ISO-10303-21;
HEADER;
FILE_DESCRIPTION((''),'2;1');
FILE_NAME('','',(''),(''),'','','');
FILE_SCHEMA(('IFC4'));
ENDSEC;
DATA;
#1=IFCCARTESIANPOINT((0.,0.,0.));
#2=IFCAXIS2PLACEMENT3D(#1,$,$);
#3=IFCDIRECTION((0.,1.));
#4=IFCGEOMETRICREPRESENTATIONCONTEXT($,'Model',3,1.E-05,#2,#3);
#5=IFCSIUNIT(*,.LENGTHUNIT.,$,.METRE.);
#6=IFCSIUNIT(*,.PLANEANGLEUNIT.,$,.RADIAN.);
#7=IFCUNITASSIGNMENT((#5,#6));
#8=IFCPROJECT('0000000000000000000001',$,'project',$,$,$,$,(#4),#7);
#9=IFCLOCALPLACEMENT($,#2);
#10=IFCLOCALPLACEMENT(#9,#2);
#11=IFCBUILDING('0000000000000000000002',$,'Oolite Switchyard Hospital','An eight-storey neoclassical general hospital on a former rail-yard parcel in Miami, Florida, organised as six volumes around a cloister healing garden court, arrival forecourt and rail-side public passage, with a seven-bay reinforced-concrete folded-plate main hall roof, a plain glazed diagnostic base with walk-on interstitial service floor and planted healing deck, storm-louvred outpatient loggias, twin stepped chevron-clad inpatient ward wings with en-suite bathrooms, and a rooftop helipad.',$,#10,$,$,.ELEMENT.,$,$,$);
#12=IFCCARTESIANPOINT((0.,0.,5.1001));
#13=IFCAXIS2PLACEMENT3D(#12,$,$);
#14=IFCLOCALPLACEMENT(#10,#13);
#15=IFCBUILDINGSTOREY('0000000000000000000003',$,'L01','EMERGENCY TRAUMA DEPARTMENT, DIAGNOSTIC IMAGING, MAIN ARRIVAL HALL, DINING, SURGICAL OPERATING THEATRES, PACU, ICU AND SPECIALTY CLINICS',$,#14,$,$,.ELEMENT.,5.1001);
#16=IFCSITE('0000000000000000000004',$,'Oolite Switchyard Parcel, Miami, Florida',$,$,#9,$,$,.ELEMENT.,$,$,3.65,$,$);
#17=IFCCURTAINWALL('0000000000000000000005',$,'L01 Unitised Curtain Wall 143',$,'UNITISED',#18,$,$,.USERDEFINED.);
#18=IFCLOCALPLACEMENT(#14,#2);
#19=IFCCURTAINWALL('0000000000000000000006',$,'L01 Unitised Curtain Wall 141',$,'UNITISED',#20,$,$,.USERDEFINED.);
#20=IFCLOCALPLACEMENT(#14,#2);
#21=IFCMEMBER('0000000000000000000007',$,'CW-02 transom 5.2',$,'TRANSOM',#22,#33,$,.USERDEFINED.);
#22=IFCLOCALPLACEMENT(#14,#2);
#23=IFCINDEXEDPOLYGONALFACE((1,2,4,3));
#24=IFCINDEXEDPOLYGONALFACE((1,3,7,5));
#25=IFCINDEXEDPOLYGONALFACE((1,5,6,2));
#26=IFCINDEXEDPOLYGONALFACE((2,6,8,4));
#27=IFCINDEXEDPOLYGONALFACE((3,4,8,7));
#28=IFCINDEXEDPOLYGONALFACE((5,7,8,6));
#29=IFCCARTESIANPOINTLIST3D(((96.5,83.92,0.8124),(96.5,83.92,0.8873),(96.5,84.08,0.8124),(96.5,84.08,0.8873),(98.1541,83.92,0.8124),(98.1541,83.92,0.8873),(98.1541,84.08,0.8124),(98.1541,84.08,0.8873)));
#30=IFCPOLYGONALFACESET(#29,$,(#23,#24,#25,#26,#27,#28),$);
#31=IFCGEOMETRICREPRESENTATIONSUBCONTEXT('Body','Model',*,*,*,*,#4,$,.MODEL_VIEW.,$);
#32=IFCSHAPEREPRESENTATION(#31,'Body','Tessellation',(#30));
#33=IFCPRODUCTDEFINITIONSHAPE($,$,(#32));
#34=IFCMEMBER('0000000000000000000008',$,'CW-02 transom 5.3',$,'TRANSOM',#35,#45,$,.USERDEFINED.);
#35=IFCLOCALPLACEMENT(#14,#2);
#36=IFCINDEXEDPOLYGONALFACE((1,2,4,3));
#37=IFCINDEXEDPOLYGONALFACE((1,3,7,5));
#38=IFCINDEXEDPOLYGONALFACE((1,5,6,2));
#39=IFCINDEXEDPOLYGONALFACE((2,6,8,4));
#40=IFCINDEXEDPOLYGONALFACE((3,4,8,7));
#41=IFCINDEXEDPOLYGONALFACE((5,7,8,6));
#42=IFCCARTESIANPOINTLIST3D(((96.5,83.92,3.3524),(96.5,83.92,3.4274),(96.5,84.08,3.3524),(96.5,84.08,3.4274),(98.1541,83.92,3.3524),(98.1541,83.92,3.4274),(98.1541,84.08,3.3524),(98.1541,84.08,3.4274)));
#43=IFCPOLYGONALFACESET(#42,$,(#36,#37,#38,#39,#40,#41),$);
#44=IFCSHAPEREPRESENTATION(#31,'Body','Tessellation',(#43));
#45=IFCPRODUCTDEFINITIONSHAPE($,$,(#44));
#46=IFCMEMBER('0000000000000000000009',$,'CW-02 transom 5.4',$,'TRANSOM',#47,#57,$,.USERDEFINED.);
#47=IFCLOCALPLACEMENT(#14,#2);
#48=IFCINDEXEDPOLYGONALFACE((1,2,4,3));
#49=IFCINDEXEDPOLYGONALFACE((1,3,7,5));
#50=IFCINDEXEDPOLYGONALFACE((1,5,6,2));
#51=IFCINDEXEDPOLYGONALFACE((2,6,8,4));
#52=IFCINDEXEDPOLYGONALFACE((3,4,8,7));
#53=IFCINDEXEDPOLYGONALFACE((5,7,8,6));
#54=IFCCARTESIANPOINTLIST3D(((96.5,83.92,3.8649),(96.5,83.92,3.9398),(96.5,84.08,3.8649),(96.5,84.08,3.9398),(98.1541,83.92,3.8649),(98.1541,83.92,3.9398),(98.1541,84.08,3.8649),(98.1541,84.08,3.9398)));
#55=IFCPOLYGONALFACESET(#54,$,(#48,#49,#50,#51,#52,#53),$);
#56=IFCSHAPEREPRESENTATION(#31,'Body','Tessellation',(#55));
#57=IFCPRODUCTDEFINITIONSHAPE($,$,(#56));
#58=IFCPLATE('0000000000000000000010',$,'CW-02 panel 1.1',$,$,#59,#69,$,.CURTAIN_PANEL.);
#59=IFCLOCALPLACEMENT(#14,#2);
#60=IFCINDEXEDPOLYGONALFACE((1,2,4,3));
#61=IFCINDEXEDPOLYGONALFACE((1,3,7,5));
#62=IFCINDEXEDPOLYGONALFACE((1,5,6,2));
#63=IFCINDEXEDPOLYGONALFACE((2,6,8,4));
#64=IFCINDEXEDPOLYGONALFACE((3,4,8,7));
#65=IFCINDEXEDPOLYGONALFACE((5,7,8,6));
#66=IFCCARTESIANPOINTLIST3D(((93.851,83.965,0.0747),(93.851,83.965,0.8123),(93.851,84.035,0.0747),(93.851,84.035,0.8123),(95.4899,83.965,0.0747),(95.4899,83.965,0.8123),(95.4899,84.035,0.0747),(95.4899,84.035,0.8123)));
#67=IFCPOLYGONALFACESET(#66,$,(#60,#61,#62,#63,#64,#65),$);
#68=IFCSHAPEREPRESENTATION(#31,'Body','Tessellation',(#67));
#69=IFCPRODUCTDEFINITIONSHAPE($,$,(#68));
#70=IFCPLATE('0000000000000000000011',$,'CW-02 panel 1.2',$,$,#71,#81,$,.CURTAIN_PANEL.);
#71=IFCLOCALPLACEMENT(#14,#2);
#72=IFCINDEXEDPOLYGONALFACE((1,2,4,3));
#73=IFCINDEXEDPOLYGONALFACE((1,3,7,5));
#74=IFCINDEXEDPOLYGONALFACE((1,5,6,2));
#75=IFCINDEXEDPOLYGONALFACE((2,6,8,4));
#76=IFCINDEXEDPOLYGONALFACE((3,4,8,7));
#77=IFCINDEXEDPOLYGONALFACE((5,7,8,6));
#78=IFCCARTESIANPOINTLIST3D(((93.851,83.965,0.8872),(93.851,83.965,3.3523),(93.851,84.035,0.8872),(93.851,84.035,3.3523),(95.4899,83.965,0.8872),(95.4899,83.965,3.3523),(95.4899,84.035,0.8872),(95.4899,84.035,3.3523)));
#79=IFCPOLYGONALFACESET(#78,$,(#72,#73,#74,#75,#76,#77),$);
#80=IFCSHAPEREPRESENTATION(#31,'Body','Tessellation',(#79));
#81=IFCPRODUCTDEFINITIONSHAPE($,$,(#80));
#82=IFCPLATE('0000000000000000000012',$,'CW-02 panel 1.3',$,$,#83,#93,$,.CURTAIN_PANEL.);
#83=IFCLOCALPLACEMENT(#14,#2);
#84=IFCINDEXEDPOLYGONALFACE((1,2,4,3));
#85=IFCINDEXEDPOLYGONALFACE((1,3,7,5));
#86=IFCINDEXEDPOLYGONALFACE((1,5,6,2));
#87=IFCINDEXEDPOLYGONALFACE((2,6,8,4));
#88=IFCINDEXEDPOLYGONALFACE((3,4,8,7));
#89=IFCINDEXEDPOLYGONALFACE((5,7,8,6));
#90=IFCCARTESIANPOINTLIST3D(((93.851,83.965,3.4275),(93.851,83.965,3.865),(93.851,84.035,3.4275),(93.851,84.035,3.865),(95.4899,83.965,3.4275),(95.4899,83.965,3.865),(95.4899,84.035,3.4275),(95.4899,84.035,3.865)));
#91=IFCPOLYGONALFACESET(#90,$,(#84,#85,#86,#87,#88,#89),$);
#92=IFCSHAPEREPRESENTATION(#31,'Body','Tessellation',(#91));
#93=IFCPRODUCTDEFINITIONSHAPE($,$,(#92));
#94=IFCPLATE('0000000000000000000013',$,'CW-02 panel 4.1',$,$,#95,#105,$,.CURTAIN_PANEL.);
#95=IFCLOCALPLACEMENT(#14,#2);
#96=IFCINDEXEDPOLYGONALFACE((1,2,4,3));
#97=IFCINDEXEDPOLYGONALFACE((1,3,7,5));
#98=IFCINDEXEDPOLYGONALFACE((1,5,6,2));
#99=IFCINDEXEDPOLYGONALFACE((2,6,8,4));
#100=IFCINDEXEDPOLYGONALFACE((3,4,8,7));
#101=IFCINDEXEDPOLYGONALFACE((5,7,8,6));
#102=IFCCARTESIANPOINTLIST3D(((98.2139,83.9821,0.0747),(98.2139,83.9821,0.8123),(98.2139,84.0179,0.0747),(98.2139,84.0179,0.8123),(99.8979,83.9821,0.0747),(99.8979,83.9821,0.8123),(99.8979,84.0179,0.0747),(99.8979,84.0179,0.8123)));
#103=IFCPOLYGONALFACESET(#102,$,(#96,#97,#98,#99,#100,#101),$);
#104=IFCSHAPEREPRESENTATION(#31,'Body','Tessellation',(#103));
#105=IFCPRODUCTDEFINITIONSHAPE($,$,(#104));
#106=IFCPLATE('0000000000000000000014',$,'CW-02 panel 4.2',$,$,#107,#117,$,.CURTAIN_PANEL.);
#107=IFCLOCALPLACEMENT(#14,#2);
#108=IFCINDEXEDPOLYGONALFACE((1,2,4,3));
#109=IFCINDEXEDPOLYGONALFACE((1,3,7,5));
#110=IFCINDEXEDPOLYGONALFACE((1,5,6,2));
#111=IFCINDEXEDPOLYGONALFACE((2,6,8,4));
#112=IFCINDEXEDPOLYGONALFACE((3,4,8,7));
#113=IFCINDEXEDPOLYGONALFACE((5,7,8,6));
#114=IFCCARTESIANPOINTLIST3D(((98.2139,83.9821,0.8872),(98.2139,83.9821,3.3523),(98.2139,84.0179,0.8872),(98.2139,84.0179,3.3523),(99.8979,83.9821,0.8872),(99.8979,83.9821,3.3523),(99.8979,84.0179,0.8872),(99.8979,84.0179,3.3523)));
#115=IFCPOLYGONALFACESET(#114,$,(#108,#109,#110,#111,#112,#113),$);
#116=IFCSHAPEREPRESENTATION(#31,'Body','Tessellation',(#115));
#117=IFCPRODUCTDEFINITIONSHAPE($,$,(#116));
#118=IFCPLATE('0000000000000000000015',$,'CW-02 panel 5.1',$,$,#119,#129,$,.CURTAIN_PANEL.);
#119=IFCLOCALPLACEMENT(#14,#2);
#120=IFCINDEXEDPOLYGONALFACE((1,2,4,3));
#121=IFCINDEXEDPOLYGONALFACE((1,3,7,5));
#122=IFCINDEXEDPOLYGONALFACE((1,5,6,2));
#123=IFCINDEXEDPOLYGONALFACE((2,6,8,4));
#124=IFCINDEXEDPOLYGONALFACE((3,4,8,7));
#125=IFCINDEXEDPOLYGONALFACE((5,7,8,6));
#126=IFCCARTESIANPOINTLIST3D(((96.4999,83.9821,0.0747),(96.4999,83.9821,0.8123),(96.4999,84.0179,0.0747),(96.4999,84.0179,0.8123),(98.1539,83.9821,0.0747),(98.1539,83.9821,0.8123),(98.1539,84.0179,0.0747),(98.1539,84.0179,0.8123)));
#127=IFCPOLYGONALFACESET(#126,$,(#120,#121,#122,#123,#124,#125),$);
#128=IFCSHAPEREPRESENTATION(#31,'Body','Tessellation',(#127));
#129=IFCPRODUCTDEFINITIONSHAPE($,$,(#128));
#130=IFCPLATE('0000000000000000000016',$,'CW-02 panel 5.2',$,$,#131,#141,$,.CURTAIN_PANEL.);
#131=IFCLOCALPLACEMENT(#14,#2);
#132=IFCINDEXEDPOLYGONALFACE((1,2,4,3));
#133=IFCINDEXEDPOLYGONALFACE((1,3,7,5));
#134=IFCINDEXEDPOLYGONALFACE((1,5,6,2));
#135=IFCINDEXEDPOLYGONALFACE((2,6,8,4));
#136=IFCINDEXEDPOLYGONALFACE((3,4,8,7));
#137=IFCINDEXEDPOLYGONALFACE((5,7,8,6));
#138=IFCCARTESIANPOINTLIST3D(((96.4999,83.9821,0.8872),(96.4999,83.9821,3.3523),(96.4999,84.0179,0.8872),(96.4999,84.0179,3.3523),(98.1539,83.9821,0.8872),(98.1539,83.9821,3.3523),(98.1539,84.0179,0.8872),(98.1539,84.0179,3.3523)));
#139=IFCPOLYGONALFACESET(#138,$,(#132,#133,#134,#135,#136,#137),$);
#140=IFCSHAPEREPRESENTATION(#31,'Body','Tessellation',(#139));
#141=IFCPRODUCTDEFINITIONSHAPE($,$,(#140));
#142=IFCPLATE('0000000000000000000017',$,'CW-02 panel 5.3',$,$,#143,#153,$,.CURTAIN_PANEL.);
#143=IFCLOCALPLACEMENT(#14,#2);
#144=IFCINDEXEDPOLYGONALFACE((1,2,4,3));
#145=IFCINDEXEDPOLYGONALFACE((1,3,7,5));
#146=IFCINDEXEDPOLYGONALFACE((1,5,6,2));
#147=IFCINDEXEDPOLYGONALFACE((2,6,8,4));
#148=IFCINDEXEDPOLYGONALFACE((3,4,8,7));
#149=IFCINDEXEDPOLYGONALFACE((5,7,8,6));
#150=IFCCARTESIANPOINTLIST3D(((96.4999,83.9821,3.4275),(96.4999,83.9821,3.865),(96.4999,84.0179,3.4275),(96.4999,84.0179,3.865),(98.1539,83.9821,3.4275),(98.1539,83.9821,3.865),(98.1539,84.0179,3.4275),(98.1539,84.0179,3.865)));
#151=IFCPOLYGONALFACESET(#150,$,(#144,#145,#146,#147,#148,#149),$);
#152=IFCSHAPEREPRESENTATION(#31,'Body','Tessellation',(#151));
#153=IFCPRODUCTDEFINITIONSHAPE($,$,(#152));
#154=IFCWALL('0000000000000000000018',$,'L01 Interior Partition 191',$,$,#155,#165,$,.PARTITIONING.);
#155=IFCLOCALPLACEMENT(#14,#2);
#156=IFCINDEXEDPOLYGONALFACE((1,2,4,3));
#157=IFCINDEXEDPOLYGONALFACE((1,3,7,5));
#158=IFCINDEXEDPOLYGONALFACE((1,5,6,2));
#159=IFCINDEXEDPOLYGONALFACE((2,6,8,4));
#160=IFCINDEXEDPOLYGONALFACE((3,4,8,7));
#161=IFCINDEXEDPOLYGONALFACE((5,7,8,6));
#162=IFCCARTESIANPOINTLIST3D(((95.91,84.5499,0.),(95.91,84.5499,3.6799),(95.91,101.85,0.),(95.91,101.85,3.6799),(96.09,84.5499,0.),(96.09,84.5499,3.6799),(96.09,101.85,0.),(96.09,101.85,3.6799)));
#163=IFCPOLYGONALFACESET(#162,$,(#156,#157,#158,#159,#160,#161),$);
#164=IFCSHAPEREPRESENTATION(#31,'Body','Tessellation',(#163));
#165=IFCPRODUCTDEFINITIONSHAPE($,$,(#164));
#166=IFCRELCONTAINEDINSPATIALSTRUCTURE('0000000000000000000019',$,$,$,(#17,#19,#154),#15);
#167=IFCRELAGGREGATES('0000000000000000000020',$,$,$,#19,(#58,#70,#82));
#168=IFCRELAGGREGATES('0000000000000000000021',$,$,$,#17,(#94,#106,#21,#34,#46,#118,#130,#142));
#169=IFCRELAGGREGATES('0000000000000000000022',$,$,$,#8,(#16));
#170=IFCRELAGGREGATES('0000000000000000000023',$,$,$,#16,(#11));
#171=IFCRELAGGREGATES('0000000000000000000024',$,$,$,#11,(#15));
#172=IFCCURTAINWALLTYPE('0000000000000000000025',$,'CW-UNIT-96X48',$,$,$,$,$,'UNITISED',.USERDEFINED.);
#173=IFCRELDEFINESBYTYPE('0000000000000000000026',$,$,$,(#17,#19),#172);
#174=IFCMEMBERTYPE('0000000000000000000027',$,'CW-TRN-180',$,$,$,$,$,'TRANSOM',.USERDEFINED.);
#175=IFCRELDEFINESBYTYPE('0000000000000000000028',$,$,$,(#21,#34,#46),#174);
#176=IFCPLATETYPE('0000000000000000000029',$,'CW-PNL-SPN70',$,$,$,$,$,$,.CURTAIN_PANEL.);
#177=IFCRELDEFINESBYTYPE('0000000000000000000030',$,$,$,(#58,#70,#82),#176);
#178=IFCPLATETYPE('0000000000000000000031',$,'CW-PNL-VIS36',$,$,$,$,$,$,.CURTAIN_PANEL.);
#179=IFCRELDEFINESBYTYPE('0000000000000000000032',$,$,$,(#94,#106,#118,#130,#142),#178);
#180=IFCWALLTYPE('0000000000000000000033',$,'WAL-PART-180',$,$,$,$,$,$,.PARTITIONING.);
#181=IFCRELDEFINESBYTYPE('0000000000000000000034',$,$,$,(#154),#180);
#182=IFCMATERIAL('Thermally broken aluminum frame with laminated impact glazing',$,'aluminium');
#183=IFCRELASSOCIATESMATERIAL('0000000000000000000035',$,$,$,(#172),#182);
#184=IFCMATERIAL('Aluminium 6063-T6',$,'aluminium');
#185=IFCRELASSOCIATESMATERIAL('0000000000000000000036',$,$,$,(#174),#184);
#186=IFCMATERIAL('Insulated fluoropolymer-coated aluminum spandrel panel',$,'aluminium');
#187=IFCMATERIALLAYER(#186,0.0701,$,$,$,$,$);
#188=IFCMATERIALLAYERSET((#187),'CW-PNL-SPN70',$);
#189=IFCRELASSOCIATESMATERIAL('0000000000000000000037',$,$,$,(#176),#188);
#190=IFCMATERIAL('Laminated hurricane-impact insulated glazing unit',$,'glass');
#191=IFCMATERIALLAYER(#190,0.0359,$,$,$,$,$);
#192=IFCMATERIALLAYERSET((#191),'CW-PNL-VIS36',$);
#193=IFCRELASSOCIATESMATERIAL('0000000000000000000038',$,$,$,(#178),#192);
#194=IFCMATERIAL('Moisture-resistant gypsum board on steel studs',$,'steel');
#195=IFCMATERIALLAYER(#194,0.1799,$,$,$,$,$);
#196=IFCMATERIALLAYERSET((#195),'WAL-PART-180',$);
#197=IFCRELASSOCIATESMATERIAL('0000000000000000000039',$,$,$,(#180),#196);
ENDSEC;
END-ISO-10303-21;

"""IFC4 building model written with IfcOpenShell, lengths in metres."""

from ifc_helpers import new_model, si_unit, direction, frame, frame_2d, origin, origin_2d, place, context, subcontext, project, spatial, rectangle, extrude, material, layer, layer_set, material_profile, profile_set, type_object, element, aggregate, save


model = new_model("IFC4")

# Units and contexts
model_context = context("Model", 3, precision=1e-05, world=origin(), true_north=direction((0.0, 1.0)))
body_context = subcontext(model_context, "Body", "Model", "MODEL_VIEW")
ifc_project = project(units=[si_unit("LENGTHUNIT", "METRE"), si_unit("PLANEANGLEUNIT", "RADIAN")], contexts=[model_context])

# Site, building, storey
site_placement = place(None, origin())
site = spatial("IfcSite", under=ifc_project, at=site_placement, Name="Oolite Switchyard Parcel, Miami, Florida", CompositionType="ELEMENT", RefElevation=3.65)
building_placement = place(site_placement, origin())
building = spatial("IfcBuilding", under=site, at=building_placement, Name="Oolite Switchyard Hospital", Description="An eight-storey neoclassical general hospital on a former rail-yard parcel in Miami, Florida, organised as six volumes around a cloister healing garden court, arrival forecourt and rail-side public passage, with a seven-bay reinforced-concrete folded-plate main hall roof, a plain glazed diagnostic base with walk-on interstitial service floor and planted healing deck, storm-louvred outpatient loggias, twin stepped chevron-clad inpatient ward wings with en-suite bathrooms, and a rooftop helipad.", CompositionType="ELEMENT")
storey_placement = place(building_placement, frame((0.0, 0.0, 5.1001)))
storey = spatial("IfcBuildingStorey", under=building, at=storey_placement, Name="L01", Description="EMERGENCY TRAUMA DEPARTMENT, DIAGNOSTIC IMAGING, MAIN ARRIVAL HALL, DINING, SURGICAL OPERATING THEATRES, PACU, ICU AND SPECIALTY CLINICS", CompositionType="ELEMENT", Elevation=5.1001)

# Curtain walls
ifc_material_1 = material(Name="Thermally broken aluminum frame with laminated impact glazing", Category="aluminium")
curtain_wall_type = type_object("IfcCurtainWallType", Name="CW-UNIT-96X48", ElementType="UNITISED", PredefinedType="USERDEFINED", material=ifc_material_1)
curtain_wall_1_placement = place(storey_placement, origin())
curtain_wall_1 = element("IfcCurtainWall", 1, at=curtain_wall_1_placement, inside=storey, type_object=curtain_wall_type, Name="L01 Unitised Curtain Wall 143", ObjectType="UNITISED", PredefinedType="USERDEFINED")
ifc_material_2 = material(Name="Aluminium 6063-T6", Category="aluminium")
curtain_wall_2_placement = place(storey_placement, origin())
curtain_wall_2 = element("IfcCurtainWall", 2, at=curtain_wall_2_placement, inside=storey, type_object=curtain_wall_type, Name="L01 Unitised Curtain Wall 141", ObjectType="UNITISED", PredefinedType="USERDEFINED")
ifc_material_profile_1 = material_profile(ifc_material_2, rectangle(XDim=0.1599, YDim=0.075, at=origin_2d()), Name="CWT75X160")
ifc_profile_set_1 = profile_set([ifc_material_profile_1], Name="Aluminium 6063-T6")
member_type_1 = type_object("IfcMemberType", Name="CW-TRN-180", ElementType="TRANSOM", PredefinedType="USERDEFINED", material=ifc_profile_set_1)

# Members
member_1_placement = place(storey_placement, frame((98.1541, 84.0, 0.8499), z_axis=(-1.0, 0.0, 0.0), x_axis=(0.0, -1.0, 0.0)))
member_1 = element("IfcMember", 3, at=member_1_placement, type_object=member_type_1, Name="CW-02 transom 5.2", ObjectType="TRANSOM", PredefinedType="USERDEFINED", context=body_context, shape_type="SweptSolid", body=[
    extrude(rectangle(XDim=0.1599, YDim=0.075, at=origin_2d()), origin(), (0.0, 0.0, 1.0), 1.6541),
])
member_2_placement = place(storey_placement, frame((98.1541, 84.0, 3.3899), z_axis=(-1.0, 0.0, 0.0), x_axis=(0.0, -1.0, 0.0)))
member_2 = element("IfcMember", 4, at=member_2_placement, type_object=member_type_1, Name="CW-02 transom 5.3", ObjectType="TRANSOM", PredefinedType="USERDEFINED", context=body_context, shape_type="SweptSolid", body=[
    extrude(rectangle(XDim=0.1599, YDim=0.075, at=origin_2d()), origin(), (0.0, 0.0, 1.0), 1.6541),
])
member_3_placement = place(storey_placement, frame((98.1541, 84.0, 3.9023), z_axis=(-1.0, 0.0, 0.0), x_axis=(0.0, -1.0, 0.0)))
member_3 = element("IfcMember", 5, at=member_3_placement, type_object=member_type_1, Name="CW-02 transom 5.4", ObjectType="TRANSOM", PredefinedType="USERDEFINED", context=body_context, shape_type="SweptSolid", body=[
    extrude(rectangle(XDim=0.1599, YDim=0.075, at=origin_2d()), origin(), (0.0, 0.0, 1.0), 1.6541),
])

# Plates
ifc_material_3 = material(Name="Insulated fluoropolymer-coated aluminum spandrel panel", Category="aluminium")
ifc_layer_1 = layer(ifc_material_3, 0.0701)
ifc_layer_set_1 = layer_set([ifc_layer_1], Name="CW-PNL-SPN70")
plate_type_1 = type_object("IfcPlateType", Name="CW-PNL-SPN70", PredefinedType="CURTAIN_PANEL", material=ifc_layer_set_1)
plate_1_placement = place(storey_placement, frame((94.6704, 84.0, 0.0747), z_axis=(0.0, 0.0, 1.0), x_axis=(-1.0, 0.0, 0.0)))
plate_1 = element("IfcPlate", 6, at=plate_1_placement, type_object=plate_type_1, Name="CW-02 panel 1.1", PredefinedType="CURTAIN_PANEL", context=body_context, shape_type="SweptSolid", body=[
    extrude(rectangle(XDim=1.6389, YDim=0.0701, at=origin_2d()), origin(), (0.0, 0.0, 1.0), 0.7375),
])
plate_2_placement = place(storey_placement, frame((94.6704, 84.0, 0.8872), z_axis=(0.0, 0.0, 1.0), x_axis=(-1.0, 0.0, 0.0)))
plate_2 = element("IfcPlate", 7, at=plate_2_placement, type_object=plate_type_1, Name="CW-02 panel 1.2", PredefinedType="CURTAIN_PANEL", context=body_context, shape_type="SweptSolid", body=[
    extrude(rectangle(XDim=1.6389, YDim=0.0701, at=origin_2d()), origin(), (0.0, 0.0, 1.0), 2.4651),
])
plate_3_placement = place(storey_placement, frame((94.6704, 84.0, 3.4275), z_axis=(0.0, 0.0, 1.0), x_axis=(-1.0, 0.0, 0.0)))
plate_3 = element("IfcPlate", 8, at=plate_3_placement, type_object=plate_type_1, Name="CW-02 panel 1.3", PredefinedType="CURTAIN_PANEL", context=body_context, shape_type="SweptSolid", body=[
    extrude(rectangle(XDim=1.6389, YDim=0.0701, at=origin_2d()), origin(), (0.0, 0.0, 1.0), 0.4375),
])
aggregate(curtain_wall_2, [plate_1, plate_2, plate_3])
ifc_material_4 = material(Name="Laminated hurricane-impact insulated glazing unit", Category="glass")
ifc_layer_2 = layer(ifc_material_4, 0.0359)
ifc_layer_set_2 = layer_set([ifc_layer_2], Name="CW-PNL-VIS36")
plate_type_2 = type_object("IfcPlateType", Name="CW-PNL-VIS36", PredefinedType="CURTAIN_PANEL", material=ifc_layer_set_2)
plate_4_placement = place(storey_placement, frame((99.0559, 84.0, 0.0747), z_axis=(0.0, 0.0, 1.0), x_axis=(-1.0, 0.0, 0.0)))
plate_4 = element("IfcPlate", 9, at=plate_4_placement, type_object=plate_type_2, Name="CW-02 panel 4.1", PredefinedType="CURTAIN_PANEL", context=body_context, shape_type="SweptSolid", body=[
    extrude(rectangle(XDim=1.6841, YDim=0.0359, at=origin_2d()), origin(), (0.0, 0.0, 1.0), 0.7375),
])
plate_5_placement = place(storey_placement, frame((99.0559, 84.0, 0.8872), z_axis=(0.0, 0.0, 1.0), x_axis=(-1.0, 0.0, 0.0)))
plate_5 = element("IfcPlate", 10, at=plate_5_placement, type_object=plate_type_2, Name="CW-02 panel 4.2", PredefinedType="CURTAIN_PANEL", context=body_context, shape_type="SweptSolid", body=[
    extrude(rectangle(XDim=1.6841, YDim=0.0359, at=origin_2d()), origin(), (0.0, 0.0, 1.0), 2.4651),
])
plate_6_placement = place(storey_placement, frame((97.3269, 84.0, 0.0747), z_axis=(0.0, 0.0, 1.0), x_axis=(-1.0, 0.0, 0.0)))
plate_6 = element("IfcPlate", 11, at=plate_6_placement, type_object=plate_type_2, Name="CW-02 panel 5.1", PredefinedType="CURTAIN_PANEL", context=body_context, shape_type="SweptSolid", body=[
    extrude(rectangle(XDim=1.6541, YDim=0.0359, at=origin_2d()), origin(), (0.0, 0.0, 1.0), 0.7375),
])
plate_7_placement = place(storey_placement, frame((97.3269, 84.0, 0.8872), z_axis=(0.0, 0.0, 1.0), x_axis=(-1.0, 0.0, 0.0)))
plate_7 = element("IfcPlate", 12, at=plate_7_placement, type_object=plate_type_2, Name="CW-02 panel 5.2", PredefinedType="CURTAIN_PANEL", context=body_context, shape_type="SweptSolid", body=[
    extrude(rectangle(XDim=1.6541, YDim=0.0359, at=origin_2d()), origin(), (0.0, 0.0, 1.0), 2.4651),
])
plate_8_placement = place(storey_placement, frame((97.3269, 84.0, 3.4275), z_axis=(0.0, 0.0, 1.0), x_axis=(-1.0, 0.0, 0.0)))
plate_8 = element("IfcPlate", 13, at=plate_8_placement, type_object=plate_type_2, Name="CW-02 panel 5.3", PredefinedType="CURTAIN_PANEL", context=body_context, shape_type="SweptSolid", body=[
    extrude(rectangle(XDim=1.6541, YDim=0.0359, at=origin_2d()), origin(), (0.0, 0.0, 1.0), 0.4375),
])
aggregate(curtain_wall_1, [plate_4, plate_5, member_1, member_2, member_3, plate_6, plate_7, plate_8])

# Wall
ifc_material_5 = material(Name="Moisture-resistant gypsum board on steel studs", Category="steel")
ifc_layer_3 = layer(ifc_material_5, 0.1799)
ifc_layer_set_3 = layer_set([ifc_layer_3], Name="WAL-PART-180")
wall_type = type_object("IfcWallType", Name="WAL-PART-180", PredefinedType="PARTITIONING", material=ifc_layer_set_3)
wall_placement = place(storey_placement, frame((96.0, 84.55, 0.0), z_axis=(0.0, 0.0, 1.0), x_axis=(0.0, 1.0, 0.0)))
element("IfcWall", 14, at=wall_placement, inside=storey, type_object=wall_type, Name="L01 Interior Partition 191", PredefinedType="PARTITIONING", context=body_context, shape_type="SweptSolid", body=[
    extrude(rectangle(XDim=17.3, YDim=0.1799, at=frame_2d((8.6499, 0.0))), origin(), (0.0, 0.0, 1.0), 3.6799),
])

save(model, "model.ifc")
